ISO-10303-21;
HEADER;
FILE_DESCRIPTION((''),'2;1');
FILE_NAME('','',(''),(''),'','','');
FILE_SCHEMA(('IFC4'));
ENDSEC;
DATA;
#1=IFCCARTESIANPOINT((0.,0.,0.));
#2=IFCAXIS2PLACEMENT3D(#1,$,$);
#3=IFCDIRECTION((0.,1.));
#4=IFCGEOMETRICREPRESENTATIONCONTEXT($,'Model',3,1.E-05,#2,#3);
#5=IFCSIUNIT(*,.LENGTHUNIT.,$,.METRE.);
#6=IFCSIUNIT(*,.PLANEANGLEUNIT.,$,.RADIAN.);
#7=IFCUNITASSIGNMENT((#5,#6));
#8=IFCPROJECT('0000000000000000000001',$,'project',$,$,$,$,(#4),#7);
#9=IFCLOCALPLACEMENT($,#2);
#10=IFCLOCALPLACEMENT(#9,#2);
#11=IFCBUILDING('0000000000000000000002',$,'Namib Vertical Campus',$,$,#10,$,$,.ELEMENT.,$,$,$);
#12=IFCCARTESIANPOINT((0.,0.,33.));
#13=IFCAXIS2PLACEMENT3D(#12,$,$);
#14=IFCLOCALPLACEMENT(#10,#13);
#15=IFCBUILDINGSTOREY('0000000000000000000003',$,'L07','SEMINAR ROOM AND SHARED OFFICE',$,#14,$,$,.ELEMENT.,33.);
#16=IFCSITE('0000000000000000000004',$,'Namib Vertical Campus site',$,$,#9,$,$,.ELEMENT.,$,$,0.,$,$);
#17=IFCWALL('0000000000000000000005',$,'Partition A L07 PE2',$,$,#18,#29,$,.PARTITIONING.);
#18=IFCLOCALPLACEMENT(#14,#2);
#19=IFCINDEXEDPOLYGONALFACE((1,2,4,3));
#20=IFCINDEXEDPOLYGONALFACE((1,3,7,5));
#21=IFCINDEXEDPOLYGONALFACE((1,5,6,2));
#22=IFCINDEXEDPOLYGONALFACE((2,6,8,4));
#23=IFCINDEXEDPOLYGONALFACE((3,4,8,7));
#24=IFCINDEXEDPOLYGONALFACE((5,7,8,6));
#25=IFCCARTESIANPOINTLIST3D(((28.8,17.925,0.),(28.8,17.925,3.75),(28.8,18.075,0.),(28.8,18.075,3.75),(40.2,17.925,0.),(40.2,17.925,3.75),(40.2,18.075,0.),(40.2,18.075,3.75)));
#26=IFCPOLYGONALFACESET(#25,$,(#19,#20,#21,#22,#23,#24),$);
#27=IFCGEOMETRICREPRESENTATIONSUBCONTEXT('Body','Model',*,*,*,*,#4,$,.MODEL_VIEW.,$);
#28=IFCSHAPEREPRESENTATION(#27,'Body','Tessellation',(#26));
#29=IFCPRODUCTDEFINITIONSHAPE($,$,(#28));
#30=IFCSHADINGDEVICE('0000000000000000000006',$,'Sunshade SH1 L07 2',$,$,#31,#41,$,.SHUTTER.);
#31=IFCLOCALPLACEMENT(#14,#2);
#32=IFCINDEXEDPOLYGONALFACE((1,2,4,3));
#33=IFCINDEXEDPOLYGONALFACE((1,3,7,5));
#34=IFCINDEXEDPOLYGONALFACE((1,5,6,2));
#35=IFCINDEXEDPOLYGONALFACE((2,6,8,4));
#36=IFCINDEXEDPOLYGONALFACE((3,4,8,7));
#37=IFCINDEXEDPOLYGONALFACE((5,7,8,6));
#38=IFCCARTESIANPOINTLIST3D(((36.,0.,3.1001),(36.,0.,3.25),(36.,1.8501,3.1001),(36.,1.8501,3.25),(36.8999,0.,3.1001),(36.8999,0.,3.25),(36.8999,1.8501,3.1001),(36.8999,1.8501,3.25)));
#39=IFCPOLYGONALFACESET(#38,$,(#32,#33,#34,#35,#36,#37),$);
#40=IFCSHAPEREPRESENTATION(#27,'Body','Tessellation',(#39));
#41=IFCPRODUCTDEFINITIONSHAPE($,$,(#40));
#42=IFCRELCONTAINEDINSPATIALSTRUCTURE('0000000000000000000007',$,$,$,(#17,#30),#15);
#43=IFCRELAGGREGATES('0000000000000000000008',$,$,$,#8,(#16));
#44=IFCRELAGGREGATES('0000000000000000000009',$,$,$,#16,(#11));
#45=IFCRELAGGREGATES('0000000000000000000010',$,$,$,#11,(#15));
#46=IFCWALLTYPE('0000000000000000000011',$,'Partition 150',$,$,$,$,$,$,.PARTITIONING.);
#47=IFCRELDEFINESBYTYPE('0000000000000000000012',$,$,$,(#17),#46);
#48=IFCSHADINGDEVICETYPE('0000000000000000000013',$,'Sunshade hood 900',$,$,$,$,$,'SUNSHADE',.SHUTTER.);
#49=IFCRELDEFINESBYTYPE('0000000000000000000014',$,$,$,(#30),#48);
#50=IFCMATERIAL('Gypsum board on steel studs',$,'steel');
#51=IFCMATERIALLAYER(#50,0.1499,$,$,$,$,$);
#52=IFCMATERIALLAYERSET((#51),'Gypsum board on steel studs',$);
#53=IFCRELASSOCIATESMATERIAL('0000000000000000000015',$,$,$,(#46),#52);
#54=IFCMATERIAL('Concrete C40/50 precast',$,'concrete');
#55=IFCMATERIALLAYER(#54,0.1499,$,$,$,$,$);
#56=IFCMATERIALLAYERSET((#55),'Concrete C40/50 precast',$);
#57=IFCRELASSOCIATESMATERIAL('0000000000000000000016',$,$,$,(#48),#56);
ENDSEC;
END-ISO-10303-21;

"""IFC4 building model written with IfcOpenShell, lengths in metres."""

from ifc_helpers import new_model, si_unit, direction, frame, frame_2d, origin, origin_2d, place, context, subcontext, project, spatial, rectangle, extrude, material, layer, layer_set, type_object, element, save


model = new_model("IFC4")

# Units and contexts
model_context = context("Model", 3, precision=1e-05, world=origin(), true_north=direction((0.0, 1.0)))
body_context = subcontext(model_context, "Body", "Model", "MODEL_VIEW")
ifc_project = project(units=[si_unit("LENGTHUNIT", "METRE"), si_unit("PLANEANGLEUNIT", "RADIAN")], contexts=[model_context])

# Site, building, storey
site_placement = place(None, origin())
site = spatial("IfcSite", under=ifc_project, at=site_placement, Name="Namib Vertical Campus site", CompositionType="ELEMENT", RefElevation=0.0)
building_placement = place(site_placement, origin())
building = spatial("IfcBuilding", under=site, at=building_placement, Name="Namib Vertical Campus", CompositionType="ELEMENT")
storey_placement = place(building_placement, frame((0.0, 0.0, 33.0)))
storey = spatial("IfcBuildingStorey", under=building, at=storey_placement, Name="L07", Description="SEMINAR ROOM AND SHARED OFFICE", CompositionType="ELEMENT", Elevation=33.0)

# Wall
ifc_material_1 = material(Name="Gypsum board on steel studs", Category="steel")
ifc_layer_1 = layer(ifc_material_1, 0.1499)
ifc_layer_set_1 = layer_set([ifc_layer_1], Name="Gypsum board on steel studs")
wall_type_1 = type_object("IfcWallType", Name="Partition 150", PredefinedType="PARTITIONING", material=ifc_layer_set_1)
for number, where, z_axis, x_axis, name in (
    (1, (28.8, 18.0, 0.0), (0.0, 0.0, 1.0), (1.0, 0.0, 0.0), "Partition A L07 PE2"),
):
    element("IfcWall", number, at=place(storey_placement, frame(where, z_axis=z_axis, x_axis=x_axis)), inside=storey, type_object=wall_type_1, Name=name, PredefinedType="PARTITIONING", context=body_context, shape_type="SweptSolid", body=[
        extrude(rectangle(XDim=11.3999, YDim=0.1499, at=frame_2d((5.7, 0.0))), origin(), (0.0, 0.0, 1.0), 3.75),
    ])

# Shading device
ifc_material_2 = material(Name="Concrete C40/50 precast", Category="concrete")
ifc_layer_2 = layer(ifc_material_2, 0.1499)
ifc_layer_set_2 = layer_set([ifc_layer_2], Name="Concrete C40/50 precast")
shading_device_type = type_object("IfcShadingDeviceType", Name="Sunshade hood 900", ElementType="SUNSHADE", PredefinedType="SHUTTER", material=ifc_layer_set_2)
shading_device_placement = place(storey_placement, frame((36.45, 0.925, 3.1001), z_axis=(0.0, 0.0, 1.0), x_axis=(0.0, 1.0, 0.0)))
element("IfcShadingDevice", 2, at=shading_device_placement, inside=storey, type_object=shading_device_type, Name="Sunshade SH1 L07 2", PredefinedType="SHUTTER", context=body_context, shape_type="SweptSolid", body=[
    extrude(rectangle(XDim=1.8501, YDim=0.8999, at=origin_2d()), origin(), (0.0, 0.0, 1.0), 0.1499),
])

save(model, "model.ifc")
